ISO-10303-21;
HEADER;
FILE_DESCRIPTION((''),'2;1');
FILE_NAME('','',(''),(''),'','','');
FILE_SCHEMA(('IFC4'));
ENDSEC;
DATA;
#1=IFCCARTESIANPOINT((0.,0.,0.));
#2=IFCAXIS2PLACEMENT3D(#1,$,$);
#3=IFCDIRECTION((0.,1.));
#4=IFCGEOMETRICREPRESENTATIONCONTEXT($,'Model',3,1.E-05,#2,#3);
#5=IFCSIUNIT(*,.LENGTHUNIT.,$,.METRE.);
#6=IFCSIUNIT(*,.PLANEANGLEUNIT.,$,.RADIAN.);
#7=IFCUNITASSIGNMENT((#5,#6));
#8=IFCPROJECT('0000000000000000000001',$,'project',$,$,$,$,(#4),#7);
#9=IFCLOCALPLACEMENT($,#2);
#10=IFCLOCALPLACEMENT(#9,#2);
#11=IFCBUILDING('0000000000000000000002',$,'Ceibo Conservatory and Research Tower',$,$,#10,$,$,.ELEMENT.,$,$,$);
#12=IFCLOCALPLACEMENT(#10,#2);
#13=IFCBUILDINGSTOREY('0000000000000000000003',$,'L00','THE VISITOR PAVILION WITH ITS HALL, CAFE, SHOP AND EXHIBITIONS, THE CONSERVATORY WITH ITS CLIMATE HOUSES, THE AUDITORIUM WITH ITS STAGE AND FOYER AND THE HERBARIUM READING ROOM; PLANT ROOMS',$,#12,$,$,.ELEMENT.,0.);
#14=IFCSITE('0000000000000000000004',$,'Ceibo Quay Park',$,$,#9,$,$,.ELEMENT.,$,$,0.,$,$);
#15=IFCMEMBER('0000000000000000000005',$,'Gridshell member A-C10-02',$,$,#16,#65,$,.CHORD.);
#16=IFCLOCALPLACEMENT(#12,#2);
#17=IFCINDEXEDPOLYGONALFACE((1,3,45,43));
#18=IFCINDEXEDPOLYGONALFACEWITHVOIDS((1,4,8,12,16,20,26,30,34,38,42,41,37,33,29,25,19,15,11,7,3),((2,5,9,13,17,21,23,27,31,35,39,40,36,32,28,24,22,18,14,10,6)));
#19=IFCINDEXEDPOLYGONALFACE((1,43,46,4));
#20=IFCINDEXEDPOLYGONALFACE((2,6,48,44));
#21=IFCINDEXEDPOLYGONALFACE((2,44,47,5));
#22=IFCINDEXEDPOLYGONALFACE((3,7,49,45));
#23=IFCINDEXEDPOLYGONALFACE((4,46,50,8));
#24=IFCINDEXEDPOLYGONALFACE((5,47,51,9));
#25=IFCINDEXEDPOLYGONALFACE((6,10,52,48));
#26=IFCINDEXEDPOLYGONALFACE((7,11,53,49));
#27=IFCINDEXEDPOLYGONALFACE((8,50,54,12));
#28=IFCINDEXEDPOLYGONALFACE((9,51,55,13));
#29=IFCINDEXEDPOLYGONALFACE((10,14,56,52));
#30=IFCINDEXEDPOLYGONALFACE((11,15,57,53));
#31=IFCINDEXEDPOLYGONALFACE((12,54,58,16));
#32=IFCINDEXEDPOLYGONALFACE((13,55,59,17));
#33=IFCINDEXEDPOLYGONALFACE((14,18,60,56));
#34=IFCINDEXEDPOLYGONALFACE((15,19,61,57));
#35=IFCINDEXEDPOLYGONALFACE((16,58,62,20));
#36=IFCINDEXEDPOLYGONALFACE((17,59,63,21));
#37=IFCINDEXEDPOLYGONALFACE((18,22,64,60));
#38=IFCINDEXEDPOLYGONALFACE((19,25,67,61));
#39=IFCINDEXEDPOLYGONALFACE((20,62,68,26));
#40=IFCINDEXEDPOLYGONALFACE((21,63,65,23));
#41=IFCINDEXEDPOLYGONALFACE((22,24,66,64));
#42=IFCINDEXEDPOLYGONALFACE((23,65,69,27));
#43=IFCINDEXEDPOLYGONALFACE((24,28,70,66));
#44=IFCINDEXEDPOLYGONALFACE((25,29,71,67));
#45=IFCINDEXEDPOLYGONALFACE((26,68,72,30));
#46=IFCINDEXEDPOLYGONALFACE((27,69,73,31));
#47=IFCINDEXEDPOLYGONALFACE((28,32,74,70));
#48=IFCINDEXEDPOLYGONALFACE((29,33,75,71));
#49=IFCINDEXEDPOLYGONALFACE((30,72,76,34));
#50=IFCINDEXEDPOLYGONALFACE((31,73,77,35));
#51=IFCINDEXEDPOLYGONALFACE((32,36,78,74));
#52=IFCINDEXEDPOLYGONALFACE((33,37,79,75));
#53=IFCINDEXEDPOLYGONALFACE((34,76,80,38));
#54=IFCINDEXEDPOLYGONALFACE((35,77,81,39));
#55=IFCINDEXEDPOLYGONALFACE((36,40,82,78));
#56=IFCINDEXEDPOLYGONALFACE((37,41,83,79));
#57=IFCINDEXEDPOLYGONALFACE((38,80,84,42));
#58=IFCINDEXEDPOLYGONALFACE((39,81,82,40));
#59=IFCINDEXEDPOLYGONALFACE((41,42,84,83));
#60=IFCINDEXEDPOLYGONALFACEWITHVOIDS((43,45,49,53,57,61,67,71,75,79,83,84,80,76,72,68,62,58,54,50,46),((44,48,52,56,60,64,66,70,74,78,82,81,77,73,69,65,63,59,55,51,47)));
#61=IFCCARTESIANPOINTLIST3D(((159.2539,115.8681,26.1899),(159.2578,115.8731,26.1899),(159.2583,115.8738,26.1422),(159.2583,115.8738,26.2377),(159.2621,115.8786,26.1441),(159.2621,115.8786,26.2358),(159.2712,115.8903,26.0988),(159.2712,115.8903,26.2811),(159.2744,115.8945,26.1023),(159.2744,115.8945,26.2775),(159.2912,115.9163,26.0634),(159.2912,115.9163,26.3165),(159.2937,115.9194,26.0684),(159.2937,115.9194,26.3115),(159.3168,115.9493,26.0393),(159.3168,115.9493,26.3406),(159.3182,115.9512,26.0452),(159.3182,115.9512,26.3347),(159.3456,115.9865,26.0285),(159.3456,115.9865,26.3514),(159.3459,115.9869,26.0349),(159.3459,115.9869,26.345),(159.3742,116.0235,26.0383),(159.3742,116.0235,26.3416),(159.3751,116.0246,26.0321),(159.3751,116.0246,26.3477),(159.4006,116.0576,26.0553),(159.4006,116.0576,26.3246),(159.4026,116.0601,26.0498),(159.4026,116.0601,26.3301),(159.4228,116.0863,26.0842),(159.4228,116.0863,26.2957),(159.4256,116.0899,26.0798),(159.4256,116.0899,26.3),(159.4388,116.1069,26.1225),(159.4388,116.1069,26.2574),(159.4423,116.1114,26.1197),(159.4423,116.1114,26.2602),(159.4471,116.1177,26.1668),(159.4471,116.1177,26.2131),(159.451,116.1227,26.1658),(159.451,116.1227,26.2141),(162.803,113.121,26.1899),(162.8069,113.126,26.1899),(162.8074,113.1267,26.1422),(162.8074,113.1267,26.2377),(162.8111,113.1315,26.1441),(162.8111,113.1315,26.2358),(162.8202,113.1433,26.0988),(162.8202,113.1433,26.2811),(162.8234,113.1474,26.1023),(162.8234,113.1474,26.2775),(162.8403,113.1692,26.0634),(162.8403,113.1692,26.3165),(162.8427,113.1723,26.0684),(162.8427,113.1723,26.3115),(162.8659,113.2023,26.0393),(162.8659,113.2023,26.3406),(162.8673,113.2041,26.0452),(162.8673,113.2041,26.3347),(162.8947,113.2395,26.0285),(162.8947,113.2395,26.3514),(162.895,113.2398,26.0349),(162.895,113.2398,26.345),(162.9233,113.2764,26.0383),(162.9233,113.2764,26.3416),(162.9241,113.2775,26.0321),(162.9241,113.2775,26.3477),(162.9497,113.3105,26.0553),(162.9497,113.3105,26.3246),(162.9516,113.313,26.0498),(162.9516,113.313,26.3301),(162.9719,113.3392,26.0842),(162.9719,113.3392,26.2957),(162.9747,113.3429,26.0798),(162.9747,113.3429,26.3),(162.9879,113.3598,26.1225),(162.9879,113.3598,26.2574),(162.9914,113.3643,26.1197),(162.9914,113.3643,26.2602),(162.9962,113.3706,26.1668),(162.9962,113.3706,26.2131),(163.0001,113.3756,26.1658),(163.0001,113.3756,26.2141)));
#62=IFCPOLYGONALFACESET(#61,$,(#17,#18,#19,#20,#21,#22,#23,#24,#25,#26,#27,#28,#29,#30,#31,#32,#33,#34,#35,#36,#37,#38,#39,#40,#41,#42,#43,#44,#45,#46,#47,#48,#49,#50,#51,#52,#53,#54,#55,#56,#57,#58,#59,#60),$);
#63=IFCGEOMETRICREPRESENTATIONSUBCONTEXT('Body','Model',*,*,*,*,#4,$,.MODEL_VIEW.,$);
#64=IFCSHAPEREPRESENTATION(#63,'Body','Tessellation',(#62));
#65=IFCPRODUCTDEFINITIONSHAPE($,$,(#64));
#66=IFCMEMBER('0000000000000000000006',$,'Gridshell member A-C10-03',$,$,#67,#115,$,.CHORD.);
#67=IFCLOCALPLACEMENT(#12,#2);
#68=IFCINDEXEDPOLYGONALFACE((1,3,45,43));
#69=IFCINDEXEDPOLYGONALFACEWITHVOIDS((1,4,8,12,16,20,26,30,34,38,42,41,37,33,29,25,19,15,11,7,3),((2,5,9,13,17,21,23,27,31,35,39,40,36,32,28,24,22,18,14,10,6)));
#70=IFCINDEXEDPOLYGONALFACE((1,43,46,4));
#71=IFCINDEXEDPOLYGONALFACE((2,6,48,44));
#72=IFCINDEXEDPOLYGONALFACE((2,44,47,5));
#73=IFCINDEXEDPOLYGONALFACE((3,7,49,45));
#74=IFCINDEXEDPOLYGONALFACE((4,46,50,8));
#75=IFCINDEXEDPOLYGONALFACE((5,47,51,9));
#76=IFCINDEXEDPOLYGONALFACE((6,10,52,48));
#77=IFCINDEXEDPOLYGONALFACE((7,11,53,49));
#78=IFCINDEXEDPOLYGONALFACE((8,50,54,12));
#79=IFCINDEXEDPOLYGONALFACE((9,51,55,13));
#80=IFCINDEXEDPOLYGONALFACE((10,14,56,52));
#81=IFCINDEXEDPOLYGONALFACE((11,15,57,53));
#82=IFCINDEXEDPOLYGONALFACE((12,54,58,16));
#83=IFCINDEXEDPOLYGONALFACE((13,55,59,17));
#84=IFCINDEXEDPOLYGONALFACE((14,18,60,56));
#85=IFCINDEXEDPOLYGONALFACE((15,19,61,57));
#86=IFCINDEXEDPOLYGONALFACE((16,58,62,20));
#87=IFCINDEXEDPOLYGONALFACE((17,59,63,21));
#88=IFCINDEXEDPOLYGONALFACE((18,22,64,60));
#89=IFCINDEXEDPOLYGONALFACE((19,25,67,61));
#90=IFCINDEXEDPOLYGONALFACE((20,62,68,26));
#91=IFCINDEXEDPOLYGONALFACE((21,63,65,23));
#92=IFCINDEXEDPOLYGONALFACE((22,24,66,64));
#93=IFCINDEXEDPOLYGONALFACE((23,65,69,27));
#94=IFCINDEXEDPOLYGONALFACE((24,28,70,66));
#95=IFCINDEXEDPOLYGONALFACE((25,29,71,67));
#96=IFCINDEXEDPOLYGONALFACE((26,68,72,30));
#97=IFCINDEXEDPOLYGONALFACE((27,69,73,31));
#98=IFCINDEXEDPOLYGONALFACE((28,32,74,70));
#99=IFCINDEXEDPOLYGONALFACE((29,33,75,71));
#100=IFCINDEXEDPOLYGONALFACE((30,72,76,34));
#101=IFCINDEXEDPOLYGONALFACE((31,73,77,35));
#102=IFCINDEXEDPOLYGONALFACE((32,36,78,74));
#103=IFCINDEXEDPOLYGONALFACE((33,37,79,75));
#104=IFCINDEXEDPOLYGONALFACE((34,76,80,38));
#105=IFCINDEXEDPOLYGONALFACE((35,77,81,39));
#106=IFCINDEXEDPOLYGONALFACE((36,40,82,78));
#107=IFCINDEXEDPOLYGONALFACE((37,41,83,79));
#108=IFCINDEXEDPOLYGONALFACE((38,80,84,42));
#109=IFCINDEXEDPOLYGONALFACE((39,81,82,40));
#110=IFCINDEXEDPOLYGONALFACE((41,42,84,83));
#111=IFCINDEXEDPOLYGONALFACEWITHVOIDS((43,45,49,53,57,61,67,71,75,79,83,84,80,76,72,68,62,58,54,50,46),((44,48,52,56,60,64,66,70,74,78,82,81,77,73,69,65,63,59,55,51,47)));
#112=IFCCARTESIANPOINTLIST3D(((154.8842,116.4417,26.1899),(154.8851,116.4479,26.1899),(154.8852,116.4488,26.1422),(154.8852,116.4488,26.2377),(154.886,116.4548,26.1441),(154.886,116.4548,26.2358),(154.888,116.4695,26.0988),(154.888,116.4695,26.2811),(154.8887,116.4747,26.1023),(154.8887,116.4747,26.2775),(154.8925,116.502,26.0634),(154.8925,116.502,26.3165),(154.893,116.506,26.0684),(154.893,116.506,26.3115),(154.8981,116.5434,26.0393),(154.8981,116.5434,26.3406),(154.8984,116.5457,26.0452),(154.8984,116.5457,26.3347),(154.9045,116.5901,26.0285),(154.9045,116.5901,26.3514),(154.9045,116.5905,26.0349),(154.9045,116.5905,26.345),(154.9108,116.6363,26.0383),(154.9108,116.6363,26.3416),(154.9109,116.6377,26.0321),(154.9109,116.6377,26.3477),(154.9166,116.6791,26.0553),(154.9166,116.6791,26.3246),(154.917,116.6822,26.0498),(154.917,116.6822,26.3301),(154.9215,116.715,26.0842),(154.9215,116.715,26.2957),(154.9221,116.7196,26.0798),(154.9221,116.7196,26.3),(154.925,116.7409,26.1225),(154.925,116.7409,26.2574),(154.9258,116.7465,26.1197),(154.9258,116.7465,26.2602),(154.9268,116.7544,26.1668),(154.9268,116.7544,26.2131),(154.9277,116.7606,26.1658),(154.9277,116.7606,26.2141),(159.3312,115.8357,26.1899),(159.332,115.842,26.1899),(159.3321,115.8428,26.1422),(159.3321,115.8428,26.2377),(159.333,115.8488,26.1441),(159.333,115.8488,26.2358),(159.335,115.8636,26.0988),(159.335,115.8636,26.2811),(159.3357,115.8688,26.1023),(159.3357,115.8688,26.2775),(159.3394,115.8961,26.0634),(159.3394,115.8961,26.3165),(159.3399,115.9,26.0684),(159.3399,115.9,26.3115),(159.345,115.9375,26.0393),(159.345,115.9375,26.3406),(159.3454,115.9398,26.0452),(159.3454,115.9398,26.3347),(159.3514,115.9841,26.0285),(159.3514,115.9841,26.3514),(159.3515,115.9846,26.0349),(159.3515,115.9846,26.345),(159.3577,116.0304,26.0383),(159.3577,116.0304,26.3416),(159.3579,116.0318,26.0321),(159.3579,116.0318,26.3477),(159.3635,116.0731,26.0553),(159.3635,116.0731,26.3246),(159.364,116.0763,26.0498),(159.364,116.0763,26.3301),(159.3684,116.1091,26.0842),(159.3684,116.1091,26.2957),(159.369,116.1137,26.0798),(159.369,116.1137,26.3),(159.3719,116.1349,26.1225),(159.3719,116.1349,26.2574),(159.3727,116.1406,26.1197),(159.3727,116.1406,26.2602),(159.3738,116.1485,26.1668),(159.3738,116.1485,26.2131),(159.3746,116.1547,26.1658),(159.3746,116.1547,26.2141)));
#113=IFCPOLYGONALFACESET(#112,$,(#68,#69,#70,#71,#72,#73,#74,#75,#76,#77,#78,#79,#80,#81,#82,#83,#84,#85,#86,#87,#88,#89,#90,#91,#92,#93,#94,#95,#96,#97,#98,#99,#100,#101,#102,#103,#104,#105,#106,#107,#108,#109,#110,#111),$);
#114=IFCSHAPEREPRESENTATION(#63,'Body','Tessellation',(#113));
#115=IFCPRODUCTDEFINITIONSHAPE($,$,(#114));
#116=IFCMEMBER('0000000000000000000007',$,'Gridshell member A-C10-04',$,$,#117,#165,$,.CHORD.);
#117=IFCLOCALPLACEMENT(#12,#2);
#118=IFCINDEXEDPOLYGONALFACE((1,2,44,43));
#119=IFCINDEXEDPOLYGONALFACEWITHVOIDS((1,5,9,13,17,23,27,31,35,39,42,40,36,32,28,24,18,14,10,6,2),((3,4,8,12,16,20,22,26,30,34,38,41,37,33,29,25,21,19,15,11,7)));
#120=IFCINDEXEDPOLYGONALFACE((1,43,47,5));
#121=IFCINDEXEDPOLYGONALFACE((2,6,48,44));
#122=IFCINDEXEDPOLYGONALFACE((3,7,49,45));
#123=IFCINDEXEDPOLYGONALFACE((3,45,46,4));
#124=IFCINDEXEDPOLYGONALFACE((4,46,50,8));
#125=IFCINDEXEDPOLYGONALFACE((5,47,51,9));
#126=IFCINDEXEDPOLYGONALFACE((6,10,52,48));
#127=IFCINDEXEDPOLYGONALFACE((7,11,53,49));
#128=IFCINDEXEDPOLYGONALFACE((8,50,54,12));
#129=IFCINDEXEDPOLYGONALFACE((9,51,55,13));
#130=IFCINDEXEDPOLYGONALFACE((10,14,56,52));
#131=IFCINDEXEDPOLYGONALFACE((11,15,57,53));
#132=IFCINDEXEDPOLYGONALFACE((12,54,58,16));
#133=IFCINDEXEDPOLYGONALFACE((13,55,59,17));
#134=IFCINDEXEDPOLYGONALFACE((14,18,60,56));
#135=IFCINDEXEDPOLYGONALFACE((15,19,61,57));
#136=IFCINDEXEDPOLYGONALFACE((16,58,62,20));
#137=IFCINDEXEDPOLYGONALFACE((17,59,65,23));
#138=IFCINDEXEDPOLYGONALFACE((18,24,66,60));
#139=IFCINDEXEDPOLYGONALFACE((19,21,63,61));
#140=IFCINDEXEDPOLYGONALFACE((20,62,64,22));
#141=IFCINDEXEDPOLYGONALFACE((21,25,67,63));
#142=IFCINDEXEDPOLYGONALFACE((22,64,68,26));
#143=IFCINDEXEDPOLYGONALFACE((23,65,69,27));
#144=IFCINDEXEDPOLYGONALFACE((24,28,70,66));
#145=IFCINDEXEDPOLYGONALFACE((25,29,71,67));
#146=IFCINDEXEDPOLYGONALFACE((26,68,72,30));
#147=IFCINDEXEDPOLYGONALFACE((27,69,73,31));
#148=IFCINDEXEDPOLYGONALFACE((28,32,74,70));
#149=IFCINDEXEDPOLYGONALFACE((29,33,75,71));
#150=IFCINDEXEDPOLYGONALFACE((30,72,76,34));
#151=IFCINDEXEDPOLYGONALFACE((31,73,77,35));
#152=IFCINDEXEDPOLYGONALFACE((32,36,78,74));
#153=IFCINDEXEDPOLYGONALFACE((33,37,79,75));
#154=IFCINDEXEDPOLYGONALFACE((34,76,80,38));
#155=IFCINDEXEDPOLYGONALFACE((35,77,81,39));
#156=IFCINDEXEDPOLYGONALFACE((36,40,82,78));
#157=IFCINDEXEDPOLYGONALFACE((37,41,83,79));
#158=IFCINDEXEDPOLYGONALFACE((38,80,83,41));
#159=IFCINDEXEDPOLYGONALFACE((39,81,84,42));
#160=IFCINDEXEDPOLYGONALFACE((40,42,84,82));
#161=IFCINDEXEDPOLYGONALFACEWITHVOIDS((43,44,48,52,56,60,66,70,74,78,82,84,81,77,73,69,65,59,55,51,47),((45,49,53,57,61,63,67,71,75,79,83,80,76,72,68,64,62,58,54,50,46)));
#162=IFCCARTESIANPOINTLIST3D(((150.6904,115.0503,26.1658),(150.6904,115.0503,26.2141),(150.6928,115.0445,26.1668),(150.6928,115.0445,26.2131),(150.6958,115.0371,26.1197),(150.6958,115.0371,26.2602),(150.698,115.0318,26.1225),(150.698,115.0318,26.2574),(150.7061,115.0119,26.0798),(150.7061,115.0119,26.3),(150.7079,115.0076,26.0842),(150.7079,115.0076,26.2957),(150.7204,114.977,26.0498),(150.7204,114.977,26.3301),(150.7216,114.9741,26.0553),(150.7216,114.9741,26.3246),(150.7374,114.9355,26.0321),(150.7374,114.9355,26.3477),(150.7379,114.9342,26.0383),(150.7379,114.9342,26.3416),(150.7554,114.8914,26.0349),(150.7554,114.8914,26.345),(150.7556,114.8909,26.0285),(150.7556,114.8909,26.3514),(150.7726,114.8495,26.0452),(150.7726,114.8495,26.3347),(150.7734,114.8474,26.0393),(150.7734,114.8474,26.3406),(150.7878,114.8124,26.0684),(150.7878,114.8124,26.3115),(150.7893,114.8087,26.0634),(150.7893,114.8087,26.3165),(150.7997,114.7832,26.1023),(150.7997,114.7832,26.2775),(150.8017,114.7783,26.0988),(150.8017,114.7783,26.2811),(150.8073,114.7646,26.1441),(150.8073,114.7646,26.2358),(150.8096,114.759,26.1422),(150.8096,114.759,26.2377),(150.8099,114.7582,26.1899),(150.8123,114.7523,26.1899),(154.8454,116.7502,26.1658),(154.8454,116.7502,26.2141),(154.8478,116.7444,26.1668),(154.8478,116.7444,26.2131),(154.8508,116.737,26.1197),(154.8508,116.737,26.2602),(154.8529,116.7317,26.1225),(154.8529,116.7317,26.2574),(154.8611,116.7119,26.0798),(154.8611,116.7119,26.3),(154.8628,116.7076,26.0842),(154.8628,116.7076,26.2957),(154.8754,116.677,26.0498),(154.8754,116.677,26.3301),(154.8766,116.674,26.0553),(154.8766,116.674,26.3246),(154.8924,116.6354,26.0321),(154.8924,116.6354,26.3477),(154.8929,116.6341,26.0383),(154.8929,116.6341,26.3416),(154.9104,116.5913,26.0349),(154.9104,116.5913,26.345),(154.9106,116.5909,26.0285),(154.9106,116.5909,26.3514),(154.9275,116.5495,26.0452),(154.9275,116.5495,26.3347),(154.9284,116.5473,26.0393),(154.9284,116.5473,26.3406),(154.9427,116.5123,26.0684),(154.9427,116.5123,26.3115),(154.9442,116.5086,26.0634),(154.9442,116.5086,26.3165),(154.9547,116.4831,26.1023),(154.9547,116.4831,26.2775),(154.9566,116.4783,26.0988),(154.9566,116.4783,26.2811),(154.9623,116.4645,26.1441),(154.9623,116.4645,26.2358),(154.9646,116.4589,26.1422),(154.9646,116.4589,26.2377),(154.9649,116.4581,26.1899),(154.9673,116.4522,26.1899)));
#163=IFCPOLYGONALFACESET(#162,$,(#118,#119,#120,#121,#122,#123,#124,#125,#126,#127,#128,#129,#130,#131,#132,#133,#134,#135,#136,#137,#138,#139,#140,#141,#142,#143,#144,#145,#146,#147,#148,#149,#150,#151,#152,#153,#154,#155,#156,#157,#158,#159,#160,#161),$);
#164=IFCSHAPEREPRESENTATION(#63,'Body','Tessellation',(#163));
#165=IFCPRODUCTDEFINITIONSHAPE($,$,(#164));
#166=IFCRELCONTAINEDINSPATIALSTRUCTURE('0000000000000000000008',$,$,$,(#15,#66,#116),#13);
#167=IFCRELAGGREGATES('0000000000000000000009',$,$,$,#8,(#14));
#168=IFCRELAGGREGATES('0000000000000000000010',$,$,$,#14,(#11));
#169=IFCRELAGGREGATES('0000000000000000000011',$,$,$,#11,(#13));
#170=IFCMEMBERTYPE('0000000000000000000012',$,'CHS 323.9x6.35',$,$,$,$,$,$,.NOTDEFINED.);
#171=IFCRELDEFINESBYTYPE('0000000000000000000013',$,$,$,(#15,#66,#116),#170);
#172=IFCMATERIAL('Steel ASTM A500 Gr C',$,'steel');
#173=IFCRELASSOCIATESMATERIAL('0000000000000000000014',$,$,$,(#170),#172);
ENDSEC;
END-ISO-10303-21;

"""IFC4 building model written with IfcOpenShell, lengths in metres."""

from ifc_helpers import new_model, si_unit, direction, frame, origin, origin_2d, place, context, subcontext, project, spatial, hollow_circle, extrude, material, material_profile, profile_set, type_object, element, save


model = new_model("IFC4")

# Units and contexts
model_context = context("Model", 3, precision=1e-05, world=origin(), true_north=direction((0.0, 1.0)))
body_context = subcontext(model_context, "Body", "Model", "MODEL_VIEW")
ifc_project = project(units=[si_unit("LENGTHUNIT", "METRE"), si_unit("PLANEANGLEUNIT", "RADIAN")], contexts=[model_context])

# Site, building, storey
site_placement = place(None, origin())
site = spatial("IfcSite", under=ifc_project, at=site_placement, Name="Ceibo Quay Park", CompositionType="ELEMENT", RefElevation=0.0)
building_placement = place(site_placement, origin())
building = spatial("IfcBuilding", under=site, at=building_placement, Name="Ceibo Conservatory and Research Tower", CompositionType="ELEMENT")
storey_placement = place(building_placement, origin())
storey = spatial("IfcBuildingStorey", under=building, at=storey_placement, Name="L00", Description="THE VISITOR PAVILION WITH ITS HALL, CAFE, SHOP AND EXHIBITIONS, THE CONSERVATORY WITH ITS CLIMATE HOUSES, THE AUDITORIUM WITH ITS STAGE AND FOYER AND THE HERBARIUM READING ROOM; PLANT ROOMS", CompositionType="ELEMENT", Elevation=0.0)

# Members
ifc_material_1 = material(Name="Steel ASTM A500 Gr C", Category="steel")
ifc_material_profile_1 = material_profile(ifc_material_1, hollow_circle(Radius=0.1619, WallThickness=0.0063, at=origin_2d()), Name="CHS 323.9x6.35")
ifc_profile_set_1 = profile_set([ifc_material_profile_1], Name="Steel ASTM A500 Gr C")
member_type_1 = type_object("IfcMemberType", Name="CHS 323.9x6.35", PredefinedType="NOTDEFINED", material=ifc_profile_set_1)
for number, where, z_axis, x_axis, name in (
    (1, (162.9021, 113.249, 26.1899), (-0.790788, 0.61209, 0.0), (-0.61209, -0.790788, 0.0), "Gridshell member A-C10-02"),
    (2, (159.353, 115.9961, 26.1899), (-0.990844, 0.135014, 0.0), (-0.135014, -0.990844, 0.0), "Gridshell member A-C10-03"),
):
    element("IfcMember", number, at=place(storey_placement, frame(where, z_axis=z_axis, x_axis=x_axis)), inside=storey, type_object=member_type_1, Name=name, PredefinedType="CHORD", context=body_context, shape_type="SweptSolid", body=[
        extrude(hollow_circle(Radius=0.1619, WallThickness=0.0063, at=origin_2d()), origin(), (0.0, 0.0, 1.0), 4.488),
    ])
member_1_placement = place(storey_placement, frame((154.906, 116.6021, 26.1899), z_axis=(-0.925534, -0.378665, 0.0), x_axis=(0.378665, -0.925534, 0.0)))
element("IfcMember", 3, at=member_1_placement, inside=storey, type_object=member_type_1, Name="Gridshell member A-C10-04", PredefinedType="CHORD", context=body_context, shape_type="SweptSolid", body=[
    extrude(hollow_circle(Radius=0.1619, WallThickness=0.0063, at=origin_2d()), origin(), (0.0, 0.0, 1.0), 4.4893),
])

save(model, "model.ifc")
